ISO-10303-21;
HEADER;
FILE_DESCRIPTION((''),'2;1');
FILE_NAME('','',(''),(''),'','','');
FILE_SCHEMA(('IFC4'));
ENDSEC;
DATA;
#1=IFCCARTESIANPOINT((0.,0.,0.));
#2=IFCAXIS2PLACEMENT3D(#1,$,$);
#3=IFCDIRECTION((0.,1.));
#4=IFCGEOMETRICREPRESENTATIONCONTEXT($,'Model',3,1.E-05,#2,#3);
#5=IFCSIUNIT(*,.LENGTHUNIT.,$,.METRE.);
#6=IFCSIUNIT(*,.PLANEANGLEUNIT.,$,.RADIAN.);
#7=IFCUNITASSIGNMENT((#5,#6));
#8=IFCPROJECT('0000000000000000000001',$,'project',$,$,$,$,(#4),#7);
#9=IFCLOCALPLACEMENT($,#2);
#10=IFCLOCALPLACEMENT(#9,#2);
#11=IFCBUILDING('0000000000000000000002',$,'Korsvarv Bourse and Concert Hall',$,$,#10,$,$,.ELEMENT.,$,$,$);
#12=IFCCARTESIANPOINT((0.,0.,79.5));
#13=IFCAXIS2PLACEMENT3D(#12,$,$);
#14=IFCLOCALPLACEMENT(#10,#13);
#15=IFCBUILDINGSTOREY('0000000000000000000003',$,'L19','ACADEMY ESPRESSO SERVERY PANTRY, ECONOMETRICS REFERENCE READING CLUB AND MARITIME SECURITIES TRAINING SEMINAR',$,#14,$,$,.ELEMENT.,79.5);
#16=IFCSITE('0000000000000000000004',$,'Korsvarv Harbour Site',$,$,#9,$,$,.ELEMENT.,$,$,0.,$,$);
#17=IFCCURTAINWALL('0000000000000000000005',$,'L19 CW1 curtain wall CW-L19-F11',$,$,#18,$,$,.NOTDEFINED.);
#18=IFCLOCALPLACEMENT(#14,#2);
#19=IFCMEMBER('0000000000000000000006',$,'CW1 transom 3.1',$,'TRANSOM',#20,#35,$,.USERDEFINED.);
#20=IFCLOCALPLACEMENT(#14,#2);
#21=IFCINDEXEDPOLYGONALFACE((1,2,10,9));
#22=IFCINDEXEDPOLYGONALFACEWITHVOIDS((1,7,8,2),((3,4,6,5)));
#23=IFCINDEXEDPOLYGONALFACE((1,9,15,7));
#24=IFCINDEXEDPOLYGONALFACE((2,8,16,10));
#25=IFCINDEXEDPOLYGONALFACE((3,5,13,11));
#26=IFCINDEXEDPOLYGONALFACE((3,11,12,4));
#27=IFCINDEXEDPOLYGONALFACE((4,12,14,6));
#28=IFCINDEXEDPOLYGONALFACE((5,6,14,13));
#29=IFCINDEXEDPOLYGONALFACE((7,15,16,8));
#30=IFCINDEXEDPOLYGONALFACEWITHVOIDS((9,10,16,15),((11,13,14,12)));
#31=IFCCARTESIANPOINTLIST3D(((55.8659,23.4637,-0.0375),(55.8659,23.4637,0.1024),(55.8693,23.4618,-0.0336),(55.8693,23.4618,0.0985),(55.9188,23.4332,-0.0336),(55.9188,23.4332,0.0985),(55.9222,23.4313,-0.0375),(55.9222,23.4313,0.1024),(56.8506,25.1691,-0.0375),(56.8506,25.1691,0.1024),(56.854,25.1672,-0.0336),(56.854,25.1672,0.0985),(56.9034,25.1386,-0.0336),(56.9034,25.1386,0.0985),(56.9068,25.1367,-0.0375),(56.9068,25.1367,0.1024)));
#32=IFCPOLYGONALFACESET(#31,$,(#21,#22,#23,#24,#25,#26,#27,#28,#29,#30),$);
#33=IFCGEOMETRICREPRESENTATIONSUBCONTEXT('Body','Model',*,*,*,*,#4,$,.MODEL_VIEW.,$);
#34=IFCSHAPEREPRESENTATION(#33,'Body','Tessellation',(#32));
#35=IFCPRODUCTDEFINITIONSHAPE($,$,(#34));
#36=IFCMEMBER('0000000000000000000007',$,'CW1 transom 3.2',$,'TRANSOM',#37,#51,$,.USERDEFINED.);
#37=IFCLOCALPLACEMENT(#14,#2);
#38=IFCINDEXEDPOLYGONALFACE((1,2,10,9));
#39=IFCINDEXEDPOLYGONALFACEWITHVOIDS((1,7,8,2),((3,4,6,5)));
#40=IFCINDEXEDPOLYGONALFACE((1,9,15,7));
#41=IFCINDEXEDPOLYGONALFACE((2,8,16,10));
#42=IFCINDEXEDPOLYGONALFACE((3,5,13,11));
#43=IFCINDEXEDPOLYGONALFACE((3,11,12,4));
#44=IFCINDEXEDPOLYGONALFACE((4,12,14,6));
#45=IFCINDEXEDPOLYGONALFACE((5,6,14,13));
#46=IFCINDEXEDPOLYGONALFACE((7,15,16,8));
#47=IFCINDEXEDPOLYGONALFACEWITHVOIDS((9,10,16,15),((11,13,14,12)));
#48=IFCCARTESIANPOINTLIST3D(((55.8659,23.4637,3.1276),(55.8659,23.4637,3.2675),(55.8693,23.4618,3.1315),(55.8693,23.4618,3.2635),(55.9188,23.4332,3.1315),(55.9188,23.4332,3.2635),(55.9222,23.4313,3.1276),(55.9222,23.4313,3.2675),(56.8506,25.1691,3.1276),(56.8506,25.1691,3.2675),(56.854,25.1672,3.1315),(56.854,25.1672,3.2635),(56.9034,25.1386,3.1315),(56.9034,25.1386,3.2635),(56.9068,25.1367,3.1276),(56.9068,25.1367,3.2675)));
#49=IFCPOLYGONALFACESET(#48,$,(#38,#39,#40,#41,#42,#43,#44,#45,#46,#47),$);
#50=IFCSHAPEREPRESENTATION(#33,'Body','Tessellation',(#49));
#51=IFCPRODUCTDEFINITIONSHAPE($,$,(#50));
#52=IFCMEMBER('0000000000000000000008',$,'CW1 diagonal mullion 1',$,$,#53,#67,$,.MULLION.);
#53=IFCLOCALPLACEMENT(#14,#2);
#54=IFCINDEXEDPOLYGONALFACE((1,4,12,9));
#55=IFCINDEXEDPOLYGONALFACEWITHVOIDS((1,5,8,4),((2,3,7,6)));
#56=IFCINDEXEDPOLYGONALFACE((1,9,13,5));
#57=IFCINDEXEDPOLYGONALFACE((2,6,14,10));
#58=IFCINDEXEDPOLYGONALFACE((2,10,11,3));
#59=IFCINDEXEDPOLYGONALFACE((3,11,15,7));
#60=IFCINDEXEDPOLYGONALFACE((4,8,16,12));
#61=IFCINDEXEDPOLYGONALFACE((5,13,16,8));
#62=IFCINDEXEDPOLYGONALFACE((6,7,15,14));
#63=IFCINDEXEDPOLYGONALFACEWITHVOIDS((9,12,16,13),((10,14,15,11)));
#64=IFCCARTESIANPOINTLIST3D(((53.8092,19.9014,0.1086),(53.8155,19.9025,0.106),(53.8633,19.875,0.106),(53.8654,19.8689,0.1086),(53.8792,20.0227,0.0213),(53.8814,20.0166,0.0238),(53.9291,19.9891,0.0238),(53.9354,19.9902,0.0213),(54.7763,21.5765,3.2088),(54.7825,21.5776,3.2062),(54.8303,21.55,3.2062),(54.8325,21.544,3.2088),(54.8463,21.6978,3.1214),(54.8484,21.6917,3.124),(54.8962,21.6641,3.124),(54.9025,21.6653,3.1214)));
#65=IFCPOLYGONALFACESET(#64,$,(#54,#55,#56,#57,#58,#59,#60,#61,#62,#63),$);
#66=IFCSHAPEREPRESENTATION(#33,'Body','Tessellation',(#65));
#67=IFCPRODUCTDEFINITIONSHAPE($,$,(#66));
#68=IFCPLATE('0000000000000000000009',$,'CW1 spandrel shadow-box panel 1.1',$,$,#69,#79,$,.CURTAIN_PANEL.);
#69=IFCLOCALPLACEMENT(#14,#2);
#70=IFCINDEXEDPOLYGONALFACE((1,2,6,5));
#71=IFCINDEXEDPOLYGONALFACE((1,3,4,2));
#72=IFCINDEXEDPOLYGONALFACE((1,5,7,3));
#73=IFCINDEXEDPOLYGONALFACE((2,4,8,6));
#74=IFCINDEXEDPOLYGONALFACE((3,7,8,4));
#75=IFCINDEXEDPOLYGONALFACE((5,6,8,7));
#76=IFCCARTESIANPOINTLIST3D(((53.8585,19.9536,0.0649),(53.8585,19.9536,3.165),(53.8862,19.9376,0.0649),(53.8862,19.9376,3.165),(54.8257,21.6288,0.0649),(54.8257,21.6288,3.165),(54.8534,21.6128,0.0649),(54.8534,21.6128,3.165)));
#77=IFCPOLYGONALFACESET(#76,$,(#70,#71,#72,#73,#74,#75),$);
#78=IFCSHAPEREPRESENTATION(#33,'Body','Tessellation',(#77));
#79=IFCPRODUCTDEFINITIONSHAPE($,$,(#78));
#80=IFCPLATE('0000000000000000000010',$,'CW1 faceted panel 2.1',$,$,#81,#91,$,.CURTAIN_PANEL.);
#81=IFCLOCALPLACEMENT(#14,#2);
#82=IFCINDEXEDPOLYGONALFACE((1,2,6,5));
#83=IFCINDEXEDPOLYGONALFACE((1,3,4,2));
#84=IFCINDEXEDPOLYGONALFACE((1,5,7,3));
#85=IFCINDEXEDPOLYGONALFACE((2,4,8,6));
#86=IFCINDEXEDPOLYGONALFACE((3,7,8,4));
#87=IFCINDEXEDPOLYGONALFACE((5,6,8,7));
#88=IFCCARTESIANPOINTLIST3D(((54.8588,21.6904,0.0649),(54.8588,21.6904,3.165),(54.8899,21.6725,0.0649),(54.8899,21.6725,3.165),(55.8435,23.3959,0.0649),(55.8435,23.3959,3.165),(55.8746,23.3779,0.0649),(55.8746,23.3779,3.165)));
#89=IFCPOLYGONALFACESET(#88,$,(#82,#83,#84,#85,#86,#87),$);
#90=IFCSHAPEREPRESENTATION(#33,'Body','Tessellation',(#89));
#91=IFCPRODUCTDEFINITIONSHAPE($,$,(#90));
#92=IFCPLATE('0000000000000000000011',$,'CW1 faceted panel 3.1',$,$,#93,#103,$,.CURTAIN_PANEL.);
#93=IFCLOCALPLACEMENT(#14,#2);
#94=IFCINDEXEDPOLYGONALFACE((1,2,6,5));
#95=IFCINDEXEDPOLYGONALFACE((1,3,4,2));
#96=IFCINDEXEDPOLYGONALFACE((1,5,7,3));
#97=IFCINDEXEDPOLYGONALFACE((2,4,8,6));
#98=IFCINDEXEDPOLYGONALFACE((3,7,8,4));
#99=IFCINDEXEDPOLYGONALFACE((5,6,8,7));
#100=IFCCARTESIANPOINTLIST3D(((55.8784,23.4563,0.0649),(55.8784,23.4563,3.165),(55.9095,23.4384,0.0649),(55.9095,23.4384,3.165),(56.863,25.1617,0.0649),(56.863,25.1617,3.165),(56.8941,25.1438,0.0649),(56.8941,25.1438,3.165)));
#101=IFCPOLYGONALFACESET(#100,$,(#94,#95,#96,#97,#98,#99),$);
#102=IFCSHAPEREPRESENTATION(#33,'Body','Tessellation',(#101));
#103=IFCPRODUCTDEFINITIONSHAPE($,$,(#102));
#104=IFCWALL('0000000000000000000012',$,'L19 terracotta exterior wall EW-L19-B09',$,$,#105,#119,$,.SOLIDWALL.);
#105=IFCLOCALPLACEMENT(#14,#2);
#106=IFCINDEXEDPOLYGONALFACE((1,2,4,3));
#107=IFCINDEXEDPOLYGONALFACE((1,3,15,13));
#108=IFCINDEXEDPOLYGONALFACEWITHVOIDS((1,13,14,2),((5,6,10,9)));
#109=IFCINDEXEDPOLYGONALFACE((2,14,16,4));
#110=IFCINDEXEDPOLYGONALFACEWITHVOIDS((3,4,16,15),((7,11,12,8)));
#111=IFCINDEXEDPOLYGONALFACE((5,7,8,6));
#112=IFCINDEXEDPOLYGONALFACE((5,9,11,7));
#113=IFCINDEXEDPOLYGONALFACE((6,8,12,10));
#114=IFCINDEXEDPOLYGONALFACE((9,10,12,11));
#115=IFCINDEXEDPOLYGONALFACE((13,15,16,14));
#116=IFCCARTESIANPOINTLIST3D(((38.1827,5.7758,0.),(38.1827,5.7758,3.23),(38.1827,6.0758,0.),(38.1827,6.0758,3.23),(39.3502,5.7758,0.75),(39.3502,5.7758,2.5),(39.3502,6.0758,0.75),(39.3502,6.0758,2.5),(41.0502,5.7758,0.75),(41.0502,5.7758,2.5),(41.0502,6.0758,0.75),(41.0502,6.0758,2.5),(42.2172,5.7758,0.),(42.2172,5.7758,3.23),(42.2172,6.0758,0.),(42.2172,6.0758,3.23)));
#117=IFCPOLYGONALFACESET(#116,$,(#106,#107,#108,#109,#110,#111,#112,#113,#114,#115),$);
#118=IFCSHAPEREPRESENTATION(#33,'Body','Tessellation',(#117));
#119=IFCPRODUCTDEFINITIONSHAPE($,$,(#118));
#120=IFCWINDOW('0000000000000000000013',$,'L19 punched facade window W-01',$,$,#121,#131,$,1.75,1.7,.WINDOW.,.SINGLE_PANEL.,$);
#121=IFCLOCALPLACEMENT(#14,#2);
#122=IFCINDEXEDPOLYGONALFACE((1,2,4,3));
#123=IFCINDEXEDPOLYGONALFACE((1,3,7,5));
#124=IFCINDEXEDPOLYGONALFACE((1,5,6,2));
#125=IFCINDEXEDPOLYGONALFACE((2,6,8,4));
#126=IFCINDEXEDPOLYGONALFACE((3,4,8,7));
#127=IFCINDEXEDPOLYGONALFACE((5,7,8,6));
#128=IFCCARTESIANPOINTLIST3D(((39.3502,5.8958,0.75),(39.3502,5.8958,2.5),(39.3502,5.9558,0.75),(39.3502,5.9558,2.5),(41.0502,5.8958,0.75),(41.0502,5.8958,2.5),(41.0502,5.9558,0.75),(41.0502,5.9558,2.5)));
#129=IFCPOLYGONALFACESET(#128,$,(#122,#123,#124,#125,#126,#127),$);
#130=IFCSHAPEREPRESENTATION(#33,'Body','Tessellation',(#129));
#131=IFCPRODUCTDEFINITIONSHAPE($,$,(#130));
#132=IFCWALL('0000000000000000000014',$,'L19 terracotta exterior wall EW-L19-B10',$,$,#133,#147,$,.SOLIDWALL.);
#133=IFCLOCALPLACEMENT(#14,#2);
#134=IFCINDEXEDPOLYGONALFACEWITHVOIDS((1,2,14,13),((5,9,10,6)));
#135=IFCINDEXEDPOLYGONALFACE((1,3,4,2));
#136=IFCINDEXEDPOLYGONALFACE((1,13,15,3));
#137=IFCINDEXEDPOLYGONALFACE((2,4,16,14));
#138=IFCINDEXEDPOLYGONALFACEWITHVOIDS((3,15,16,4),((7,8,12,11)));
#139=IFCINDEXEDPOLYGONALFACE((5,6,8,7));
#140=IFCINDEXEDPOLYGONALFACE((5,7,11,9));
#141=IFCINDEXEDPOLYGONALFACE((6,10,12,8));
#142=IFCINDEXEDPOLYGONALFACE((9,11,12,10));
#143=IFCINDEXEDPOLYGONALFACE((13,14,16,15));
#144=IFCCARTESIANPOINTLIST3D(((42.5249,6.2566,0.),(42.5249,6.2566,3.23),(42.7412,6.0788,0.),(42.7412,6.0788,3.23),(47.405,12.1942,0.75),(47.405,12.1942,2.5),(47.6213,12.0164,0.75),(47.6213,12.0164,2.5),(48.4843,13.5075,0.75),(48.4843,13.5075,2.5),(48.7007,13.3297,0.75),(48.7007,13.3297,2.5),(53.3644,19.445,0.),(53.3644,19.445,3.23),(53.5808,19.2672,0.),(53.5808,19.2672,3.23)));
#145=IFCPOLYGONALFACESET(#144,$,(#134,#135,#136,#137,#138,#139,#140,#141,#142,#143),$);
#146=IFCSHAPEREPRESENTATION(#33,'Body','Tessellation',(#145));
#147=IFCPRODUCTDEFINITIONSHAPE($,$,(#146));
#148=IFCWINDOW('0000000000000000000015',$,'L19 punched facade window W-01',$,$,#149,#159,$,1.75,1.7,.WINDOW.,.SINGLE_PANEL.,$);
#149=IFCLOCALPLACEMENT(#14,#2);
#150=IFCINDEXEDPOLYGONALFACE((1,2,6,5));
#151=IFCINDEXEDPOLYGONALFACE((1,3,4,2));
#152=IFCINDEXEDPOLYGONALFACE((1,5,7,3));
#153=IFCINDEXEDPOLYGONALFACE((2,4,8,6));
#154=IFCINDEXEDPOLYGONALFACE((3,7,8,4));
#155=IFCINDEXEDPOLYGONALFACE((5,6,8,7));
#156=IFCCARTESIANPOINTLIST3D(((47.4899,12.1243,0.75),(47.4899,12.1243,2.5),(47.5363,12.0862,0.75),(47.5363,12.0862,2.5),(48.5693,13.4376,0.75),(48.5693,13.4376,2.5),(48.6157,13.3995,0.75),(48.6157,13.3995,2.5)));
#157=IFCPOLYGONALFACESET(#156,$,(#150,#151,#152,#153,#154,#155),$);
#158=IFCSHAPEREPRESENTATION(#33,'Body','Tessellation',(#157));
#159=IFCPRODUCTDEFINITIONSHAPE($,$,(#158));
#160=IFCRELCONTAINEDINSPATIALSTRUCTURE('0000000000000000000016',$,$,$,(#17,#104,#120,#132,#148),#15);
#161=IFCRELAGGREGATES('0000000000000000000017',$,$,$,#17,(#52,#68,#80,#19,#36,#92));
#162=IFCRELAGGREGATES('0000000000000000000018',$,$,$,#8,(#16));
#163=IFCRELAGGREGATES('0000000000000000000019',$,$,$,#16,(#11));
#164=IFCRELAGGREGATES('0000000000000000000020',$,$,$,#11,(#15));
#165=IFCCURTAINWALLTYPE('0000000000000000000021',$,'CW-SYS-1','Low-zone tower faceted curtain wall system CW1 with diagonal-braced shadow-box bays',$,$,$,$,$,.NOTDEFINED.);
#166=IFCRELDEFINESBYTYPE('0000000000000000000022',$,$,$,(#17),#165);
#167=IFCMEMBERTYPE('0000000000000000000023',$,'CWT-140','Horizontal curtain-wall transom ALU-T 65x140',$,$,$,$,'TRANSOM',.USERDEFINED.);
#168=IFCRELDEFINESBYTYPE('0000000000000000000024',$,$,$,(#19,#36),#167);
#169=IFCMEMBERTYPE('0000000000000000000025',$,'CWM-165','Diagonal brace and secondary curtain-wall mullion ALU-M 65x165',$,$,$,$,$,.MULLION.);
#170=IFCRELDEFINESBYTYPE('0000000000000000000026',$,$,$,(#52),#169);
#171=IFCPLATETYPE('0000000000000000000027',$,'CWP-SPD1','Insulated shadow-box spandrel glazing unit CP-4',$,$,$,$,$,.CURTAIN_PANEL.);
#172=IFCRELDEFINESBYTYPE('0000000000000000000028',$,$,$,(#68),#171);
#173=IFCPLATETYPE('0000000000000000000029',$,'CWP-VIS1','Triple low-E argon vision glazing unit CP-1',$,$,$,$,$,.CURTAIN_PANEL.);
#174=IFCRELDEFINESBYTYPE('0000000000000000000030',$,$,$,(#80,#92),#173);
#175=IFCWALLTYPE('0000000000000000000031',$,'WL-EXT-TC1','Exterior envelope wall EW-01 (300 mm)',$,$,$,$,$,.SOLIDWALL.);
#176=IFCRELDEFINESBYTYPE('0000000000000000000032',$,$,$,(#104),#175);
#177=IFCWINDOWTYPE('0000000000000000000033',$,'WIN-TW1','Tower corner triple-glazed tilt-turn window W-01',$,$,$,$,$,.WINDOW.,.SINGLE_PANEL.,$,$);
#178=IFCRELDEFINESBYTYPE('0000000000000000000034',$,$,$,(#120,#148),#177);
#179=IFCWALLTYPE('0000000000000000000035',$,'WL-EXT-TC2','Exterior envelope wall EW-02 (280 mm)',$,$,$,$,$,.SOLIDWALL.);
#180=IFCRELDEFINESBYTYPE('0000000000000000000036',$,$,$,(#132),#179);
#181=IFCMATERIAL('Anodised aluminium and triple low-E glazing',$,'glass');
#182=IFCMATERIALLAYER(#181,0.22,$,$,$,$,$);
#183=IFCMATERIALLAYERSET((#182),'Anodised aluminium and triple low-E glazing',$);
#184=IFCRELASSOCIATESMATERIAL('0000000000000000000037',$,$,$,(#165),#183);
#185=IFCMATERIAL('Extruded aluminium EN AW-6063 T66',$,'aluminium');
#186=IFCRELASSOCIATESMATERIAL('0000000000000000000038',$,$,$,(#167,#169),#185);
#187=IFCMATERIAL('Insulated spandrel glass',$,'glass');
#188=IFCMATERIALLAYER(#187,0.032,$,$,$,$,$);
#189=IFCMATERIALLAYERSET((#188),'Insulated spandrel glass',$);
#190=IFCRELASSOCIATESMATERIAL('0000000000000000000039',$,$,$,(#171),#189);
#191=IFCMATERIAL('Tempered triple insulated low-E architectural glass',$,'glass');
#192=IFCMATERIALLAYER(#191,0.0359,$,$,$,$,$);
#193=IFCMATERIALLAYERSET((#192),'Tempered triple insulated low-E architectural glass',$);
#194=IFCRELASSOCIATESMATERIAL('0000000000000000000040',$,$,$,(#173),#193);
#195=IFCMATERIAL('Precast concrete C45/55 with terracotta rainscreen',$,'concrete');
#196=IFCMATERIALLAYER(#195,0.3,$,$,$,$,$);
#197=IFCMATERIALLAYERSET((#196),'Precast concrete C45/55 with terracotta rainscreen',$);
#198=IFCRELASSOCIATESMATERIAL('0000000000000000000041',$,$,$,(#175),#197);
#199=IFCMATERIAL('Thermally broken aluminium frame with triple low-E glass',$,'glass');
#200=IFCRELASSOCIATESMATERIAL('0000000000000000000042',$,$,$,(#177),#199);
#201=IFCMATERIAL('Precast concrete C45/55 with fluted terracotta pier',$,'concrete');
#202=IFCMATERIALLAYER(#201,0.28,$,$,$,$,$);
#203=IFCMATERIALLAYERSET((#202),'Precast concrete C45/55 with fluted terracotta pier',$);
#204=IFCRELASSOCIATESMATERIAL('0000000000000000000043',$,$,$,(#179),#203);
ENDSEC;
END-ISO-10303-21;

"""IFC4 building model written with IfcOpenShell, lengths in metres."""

from ifc_helpers import new_model, si_unit, direction, frame, frame_2d, origin, origin_2d, place, context, subcontext, project, spatial, rectangle, hollow_rectangle, extrude, source, transform, mapped, material, layer, layer_set, material_profile, profile_set, type_object, element, fill, aggregate, save


model = new_model("IFC4")

# Units and contexts
model_context = context("Model", 3, precision=1e-05, world=origin(), true_north=direction((0.0, 1.0)))
body_context = subcontext(model_context, "Body", "Model", "MODEL_VIEW")
ifc_project = project(units=[si_unit("LENGTHUNIT", "METRE"), si_unit("PLANEANGLEUNIT", "RADIAN")], contexts=[model_context])

# Site, building, storey
site_placement = place(None, origin())
site = spatial("IfcSite", under=ifc_project, at=site_placement, Name="Korsvarv Harbour Site", CompositionType="ELEMENT", RefElevation=0.0)
building_placement = place(site_placement, origin())
building = spatial("IfcBuilding", under=site, at=building_placement, Name="Korsvarv Bourse and Concert Hall", CompositionType="ELEMENT")
storey_placement = place(building_placement, frame((0.0, 0.0, 79.5)))
storey = spatial("IfcBuildingStorey", under=building, at=storey_placement, Name="L19", Description="ACADEMY ESPRESSO SERVERY PANTRY, ECONOMETRICS REFERENCE READING CLUB AND MARITIME SECURITIES TRAINING SEMINAR", CompositionType="ELEMENT", Elevation=79.5)

# Curtain wall, members, plates
ifc_material_1 = material(Name="Anodised aluminium and triple low-E glazing", Category="glass")
ifc_layer_1 = layer(ifc_material_1, 0.22)
ifc_layer_set_1 = layer_set([ifc_layer_1], Name="Anodised aluminium and triple low-E glazing")
curtain_wall_type = type_object("IfcCurtainWallType", Name="CW-SYS-1", Description="Low-zone tower faceted curtain wall system CW1 with diagonal-braced shadow-box bays", PredefinedType="NOTDEFINED", material=ifc_layer_set_1)
curtain_wall_placement = place(storey_placement, origin())
curtain_wall = element("IfcCurtainWall", 1, at=curtain_wall_placement, inside=storey, type_object=curtain_wall_type, Name="L19 CW1 curtain wall CW-L19-F11", PredefinedType="NOTDEFINED")
ifc_material_2 = material(Name="Extruded aluminium EN AW-6063 T66", Category="aluminium")
ifc_material_profile_1 = material_profile(ifc_material_2, hollow_rectangle(XDim=0.0649, YDim=0.1399, WallThickness=0.0039, at=origin_2d()), Name="ALU-T 65x140")
ifc_profile_set_1 = profile_set([ifc_material_profile_1], Name="Extruded aluminium EN AW-6063 T66")
member_type_1 = type_object("IfcMemberType", Name="CWT-140", Description="Horizontal curtain-wall transom ALU-T 65x140", ElementType="TRANSOM", PredefinedType="USERDEFINED", material=ifc_profile_set_1)
shared_shape_1 = source(origin(), body_context, "Body", "SweptSolid", [
    extrude(hollow_rectangle(XDim=0.0649, YDim=0.1399, WallThickness=0.0039, at=origin_2d()), origin(), (0.0, 0.0, 1.0), 1.9692),
])
member_1_placement = place(storey_placement, frame((55.894, 23.4475, 0.0325), z_axis=(0.500019, 0.866014, 0.0), x_axis=(-0.866014, 0.500019, 0.0)))
member_1 = element("IfcMember", 2, at=member_1_placement, type_object=member_type_1, Name="CW1 transom 3.1", ObjectType="TRANSOM", PredefinedType="USERDEFINED", context=body_context, shape_type="MappedRepresentation", body=[
    mapped(shared_shape_1, transform((0.0, 0.0, 0.0), scale=1.0)),
])
member_2_placement = place(storey_placement, frame((55.894, 23.4475, 3.1975), z_axis=(0.500019, 0.866014, 0.0), x_axis=(-0.866014, 0.500019, 0.0)))
member_2 = element("IfcMember", 3, at=member_2_placement, type_object=member_type_1, Name="CW1 transom 3.2", ObjectType="TRANSOM", PredefinedType="USERDEFINED", context=body_context, shape_type="MappedRepresentation", body=[
    mapped(shared_shape_1, transform((0.0, 0.0, 0.0), scale=1.0)),
])
ifc_material_profile_2 = material_profile(ifc_material_2, hollow_rectangle(XDim=0.0649, YDim=0.165, WallThickness=0.0049, at=origin_2d()), Name="ALU-M 65x165")
ifc_profile_set_2 = profile_set([ifc_material_profile_2], Name="Extruded aluminium EN AW-6063 T66")
member_type_2 = type_object("IfcMemberType", Name="CWM-165", Description="Diagonal brace and secondary curtain-wall mullion ALU-M 65x165", PredefinedType="MULLION", material=ifc_profile_set_2)
shared_shape_2 = source(origin(), body_context, "Body", "SweptSolid", [
    extrude(hollow_rectangle(XDim=0.0649, YDim=0.165, WallThickness=0.0049, at=origin_2d()), origin(), (0.0, 0.0, 1.0), 3.6541),
])
member_3_placement = place(storey_placement, frame((53.8723, 19.9458, 0.0649), z_axis=(0.264654, 0.458418, 0.848417), x_axis=(-0.866036, 0.499981, 0.0)))
member_3 = element("IfcMember", 4, at=member_3_placement, type_object=member_type_2, Name="CW1 diagonal mullion 1", PredefinedType="MULLION", context=body_context, shape_type="MappedRepresentation", body=[
    mapped(shared_shape_2, transform((0.0, 0.0, 0.0), scale=1.0)),
])
ifc_material_3 = material(Name="Insulated spandrel glass", Category="glass")
ifc_layer_2 = layer(ifc_material_3, 0.032)
ifc_layer_set_2 = layer_set([ifc_layer_2], Name="Insulated spandrel glass")
plate_type_1 = type_object("IfcPlateType", Name="CWP-SPD1", Description="Insulated shadow-box spandrel glazing unit CP-4", PredefinedType="CURTAIN_PANEL", material=ifc_layer_set_2)
shared_shape_3 = source(origin(), body_context, "Body", "SweptSolid", [
    extrude(rectangle(XDim=1.9343, YDim=0.032, at=origin_2d()), origin(), (0.0, 0.0, 1.0), 3.1001),
])
plate_1_placement = place(storey_placement, frame((54.356, 20.7832, 0.0649), z_axis=(0.0, 0.0, 1.0), x_axis=(0.500002, 0.866024, 0.0)))
plate_1 = element("IfcPlate", 5, at=plate_1_placement, type_object=plate_type_1, Name="CW1 spandrel shadow-box panel 1.1", PredefinedType="CURTAIN_PANEL", context=body_context, shape_type="MappedRepresentation", body=[
    mapped(shared_shape_3, transform((0.0, 0.0, 0.0), scale=1.0)),
])
ifc_material_4 = material(Name="Tempered triple insulated low-E architectural glass", Category="glass")
ifc_layer_3 = layer(ifc_material_4, 0.0359)
ifc_layer_set_3 = layer_set([ifc_layer_3], Name="Tempered triple insulated low-E architectural glass")
plate_type_2 = type_object("IfcPlateType", Name="CWP-VIS1", Description="Triple low-E argon vision glazing unit CP-1", PredefinedType="CURTAIN_PANEL", material=ifc_layer_set_3)
shared_shape_4 = source(origin(), body_context, "Body", "SweptSolid", [
    extrude(rectangle(XDim=1.9692, YDim=0.0359, at=origin_2d()), origin(), (0.0, 0.0, 1.0), 3.1001),
])
plate_2_placement = place(storey_placement, frame((55.3667, 22.5342, 0.0649), z_axis=(0.0, 0.0, 1.0), x_axis=(0.500002, 0.866024, 0.0)))
plate_2 = element("IfcPlate", 6, at=plate_2_placement, type_object=plate_type_2, Name="CW1 faceted panel 2.1", PredefinedType="CURTAIN_PANEL", context=body_context, shape_type="MappedRepresentation", body=[
    mapped(shared_shape_4, transform((0.0, 0.0, 0.0), scale=1.0)),
])
plate_3_placement = place(storey_placement, frame((56.3862, 24.3, 0.0649), z_axis=(0.0, 0.0, 1.0), x_axis=(0.500002, 0.866024, 0.0)))
plate_3 = element("IfcPlate", 7, at=plate_3_placement, type_object=plate_type_2, Name="CW1 faceted panel 3.1", PredefinedType="CURTAIN_PANEL", context=body_context, shape_type="MappedRepresentation", body=[
    mapped(shared_shape_4, transform((0.0, 0.0, 0.0), scale=1.0)),
])
aggregate(curtain_wall, [member_3, plate_1, plate_2, member_1, member_2, plate_3])

# Walls, openings, windows
ifc_material_5 = material(Name="Precast concrete C45/55 with terracotta rainscreen", Category="concrete")
ifc_layer_4 = layer(ifc_material_5, 0.3)
ifc_layer_set_4 = layer_set([ifc_layer_4], Name="Precast concrete C45/55 with terracotta rainscreen")
wall_type_1 = type_object("IfcWallType", Name="WL-EXT-TC1", Description="Exterior envelope wall EW-01 (300 mm)", PredefinedType="SOLIDWALL", material=ifc_layer_set_4)
wall_1_placement = place(storey_placement, frame((38.1829, 5.9258, 0.0), z_axis=(0.0, 0.0, 1.0), x_axis=(1.0, 0.0, 0.0)))
wall_1 = element("IfcWall", 8, at=wall_1_placement, inside=storey, type_object=wall_type_1, Name="L19 terracotta exterior wall EW-L19-B09", PredefinedType="SOLIDWALL", context=body_context, shape_type="SweptSolid", body=[
    extrude(rectangle(XDim=4.0344, YDim=0.3, at=frame_2d((2.0171, 0.0))), origin(), (0.0, 0.0, 1.0), 3.23),
])
opening_1_placement = place(wall_1_placement, frame((1.1672, 0.0, 0.75)))
opening_1 = element("IfcOpeningElement", 9, at=opening_1_placement, cuts=wall_1, PredefinedType="OPENING", context=body_context, shape_type="SweptSolid", body=[
    extrude(rectangle(XDim=1.7, YDim=1.75, at=frame_2d((0.8501, 0.875))), frame((0.0, 0.1602, 0.0), z_axis=(0.0, -1.0, 0.0), x_axis=(1.0, 0.0, 0.0)), (0.0, 0.0, 1.0), 0.3201),
])
ifc_material_6 = material(Name="Thermally broken aluminium frame with triple low-E glass", Category="glass")
window_type = type_object("IfcWindowType", Name="WIN-TW1", Description="Tower corner triple-glazed tilt-turn window W-01", PartitioningType="SINGLE_PANEL", PredefinedType="WINDOW", material=ifc_material_6)
window_1_placement = place(opening_1_placement, origin())
window_1 = element("IfcWindow", 10, at=window_1_placement, inside=storey, type_object=window_type, Name="L19 punched facade window W-01", OverallHeight=1.75, OverallWidth=1.7, PartitioningType="SINGLE_PANEL", PredefinedType="WINDOW", context=body_context, shape_type="SweptSolid", body=[
    extrude(rectangle(XDim=1.7, YDim=1.75, at=frame_2d((0.8501, 0.875))), frame((0.0, 0.03, 0.0), z_axis=(0.0, -1.0, 0.0), x_axis=(1.0, 0.0, 0.0)), (0.0, 0.0, 1.0), 0.0601),
])
fill(opening_1, window_1)
ifc_material_7 = material(Name="Precast concrete C45/55 with fluted terracotta pier", Category="concrete")
ifc_layer_5 = layer(ifc_material_7, 0.28)
ifc_layer_set_5 = layer_set([ifc_layer_5], Name="Precast concrete C45/55 with fluted terracotta pier")
wall_type_2 = type_object("IfcWallType", Name="WL-EXT-TC2", Description="Exterior envelope wall EW-02 (280 mm)", PredefinedType="SOLIDWALL", material=ifc_layer_set_5)
wall_2_placement = place(storey_placement, frame((42.6331, 6.1677, 0.0), z_axis=(0.0, 0.0, 1.0), x_axis=(0.634957, 0.772548, 0.0)))
wall_2 = element("IfcWall", 11, at=wall_2_placement, inside=storey, type_object=wall_type_2, Name="L19 terracotta exterior wall EW-L19-B10", PredefinedType="SOLIDWALL", context=body_context, shape_type="SweptSolid", body=[
    extrude(rectangle(XDim=17.0713, YDim=0.28, at=frame_2d((8.5356, 0.0))), origin(), (0.0, 0.0, 1.0), 3.23),
])
opening_2_placement = place(wall_2_placement, frame((7.6855, 0.0, 0.75)))
opening_2 = element("IfcOpeningElement", 12, at=opening_2_placement, cuts=wall_2, PredefinedType="OPENING", context=body_context, shape_type="SweptSolid", body=[
    extrude(rectangle(XDim=1.7, YDim=1.75, at=frame_2d((0.8501, 0.875))), frame((0.0, 0.1499, 0.0), z_axis=(0.0, -1.0, 0.0), x_axis=(1.0, 0.0, 0.0)), (0.0, 0.0, 1.0), 0.3),
])
window_2_placement = place(opening_2_placement, origin())
window_2 = element("IfcWindow", 13, at=window_2_placement, inside=storey, type_object=window_type, Name="L19 punched facade window W-01", OverallHeight=1.75, OverallWidth=1.7, PartitioningType="SINGLE_PANEL", PredefinedType="WINDOW", context=body_context, shape_type="SweptSolid", body=[
    extrude(rectangle(XDim=1.7, YDim=1.75, at=frame_2d((0.8501, 0.875))), frame((0.0, 0.03, 0.0), z_axis=(0.0, -1.0, 0.0), x_axis=(1.0, 0.0, 0.0)), (0.0, 0.0, 1.0), 0.0601),
])
fill(opening_2, window_2)

save(model, "model.ifc")
